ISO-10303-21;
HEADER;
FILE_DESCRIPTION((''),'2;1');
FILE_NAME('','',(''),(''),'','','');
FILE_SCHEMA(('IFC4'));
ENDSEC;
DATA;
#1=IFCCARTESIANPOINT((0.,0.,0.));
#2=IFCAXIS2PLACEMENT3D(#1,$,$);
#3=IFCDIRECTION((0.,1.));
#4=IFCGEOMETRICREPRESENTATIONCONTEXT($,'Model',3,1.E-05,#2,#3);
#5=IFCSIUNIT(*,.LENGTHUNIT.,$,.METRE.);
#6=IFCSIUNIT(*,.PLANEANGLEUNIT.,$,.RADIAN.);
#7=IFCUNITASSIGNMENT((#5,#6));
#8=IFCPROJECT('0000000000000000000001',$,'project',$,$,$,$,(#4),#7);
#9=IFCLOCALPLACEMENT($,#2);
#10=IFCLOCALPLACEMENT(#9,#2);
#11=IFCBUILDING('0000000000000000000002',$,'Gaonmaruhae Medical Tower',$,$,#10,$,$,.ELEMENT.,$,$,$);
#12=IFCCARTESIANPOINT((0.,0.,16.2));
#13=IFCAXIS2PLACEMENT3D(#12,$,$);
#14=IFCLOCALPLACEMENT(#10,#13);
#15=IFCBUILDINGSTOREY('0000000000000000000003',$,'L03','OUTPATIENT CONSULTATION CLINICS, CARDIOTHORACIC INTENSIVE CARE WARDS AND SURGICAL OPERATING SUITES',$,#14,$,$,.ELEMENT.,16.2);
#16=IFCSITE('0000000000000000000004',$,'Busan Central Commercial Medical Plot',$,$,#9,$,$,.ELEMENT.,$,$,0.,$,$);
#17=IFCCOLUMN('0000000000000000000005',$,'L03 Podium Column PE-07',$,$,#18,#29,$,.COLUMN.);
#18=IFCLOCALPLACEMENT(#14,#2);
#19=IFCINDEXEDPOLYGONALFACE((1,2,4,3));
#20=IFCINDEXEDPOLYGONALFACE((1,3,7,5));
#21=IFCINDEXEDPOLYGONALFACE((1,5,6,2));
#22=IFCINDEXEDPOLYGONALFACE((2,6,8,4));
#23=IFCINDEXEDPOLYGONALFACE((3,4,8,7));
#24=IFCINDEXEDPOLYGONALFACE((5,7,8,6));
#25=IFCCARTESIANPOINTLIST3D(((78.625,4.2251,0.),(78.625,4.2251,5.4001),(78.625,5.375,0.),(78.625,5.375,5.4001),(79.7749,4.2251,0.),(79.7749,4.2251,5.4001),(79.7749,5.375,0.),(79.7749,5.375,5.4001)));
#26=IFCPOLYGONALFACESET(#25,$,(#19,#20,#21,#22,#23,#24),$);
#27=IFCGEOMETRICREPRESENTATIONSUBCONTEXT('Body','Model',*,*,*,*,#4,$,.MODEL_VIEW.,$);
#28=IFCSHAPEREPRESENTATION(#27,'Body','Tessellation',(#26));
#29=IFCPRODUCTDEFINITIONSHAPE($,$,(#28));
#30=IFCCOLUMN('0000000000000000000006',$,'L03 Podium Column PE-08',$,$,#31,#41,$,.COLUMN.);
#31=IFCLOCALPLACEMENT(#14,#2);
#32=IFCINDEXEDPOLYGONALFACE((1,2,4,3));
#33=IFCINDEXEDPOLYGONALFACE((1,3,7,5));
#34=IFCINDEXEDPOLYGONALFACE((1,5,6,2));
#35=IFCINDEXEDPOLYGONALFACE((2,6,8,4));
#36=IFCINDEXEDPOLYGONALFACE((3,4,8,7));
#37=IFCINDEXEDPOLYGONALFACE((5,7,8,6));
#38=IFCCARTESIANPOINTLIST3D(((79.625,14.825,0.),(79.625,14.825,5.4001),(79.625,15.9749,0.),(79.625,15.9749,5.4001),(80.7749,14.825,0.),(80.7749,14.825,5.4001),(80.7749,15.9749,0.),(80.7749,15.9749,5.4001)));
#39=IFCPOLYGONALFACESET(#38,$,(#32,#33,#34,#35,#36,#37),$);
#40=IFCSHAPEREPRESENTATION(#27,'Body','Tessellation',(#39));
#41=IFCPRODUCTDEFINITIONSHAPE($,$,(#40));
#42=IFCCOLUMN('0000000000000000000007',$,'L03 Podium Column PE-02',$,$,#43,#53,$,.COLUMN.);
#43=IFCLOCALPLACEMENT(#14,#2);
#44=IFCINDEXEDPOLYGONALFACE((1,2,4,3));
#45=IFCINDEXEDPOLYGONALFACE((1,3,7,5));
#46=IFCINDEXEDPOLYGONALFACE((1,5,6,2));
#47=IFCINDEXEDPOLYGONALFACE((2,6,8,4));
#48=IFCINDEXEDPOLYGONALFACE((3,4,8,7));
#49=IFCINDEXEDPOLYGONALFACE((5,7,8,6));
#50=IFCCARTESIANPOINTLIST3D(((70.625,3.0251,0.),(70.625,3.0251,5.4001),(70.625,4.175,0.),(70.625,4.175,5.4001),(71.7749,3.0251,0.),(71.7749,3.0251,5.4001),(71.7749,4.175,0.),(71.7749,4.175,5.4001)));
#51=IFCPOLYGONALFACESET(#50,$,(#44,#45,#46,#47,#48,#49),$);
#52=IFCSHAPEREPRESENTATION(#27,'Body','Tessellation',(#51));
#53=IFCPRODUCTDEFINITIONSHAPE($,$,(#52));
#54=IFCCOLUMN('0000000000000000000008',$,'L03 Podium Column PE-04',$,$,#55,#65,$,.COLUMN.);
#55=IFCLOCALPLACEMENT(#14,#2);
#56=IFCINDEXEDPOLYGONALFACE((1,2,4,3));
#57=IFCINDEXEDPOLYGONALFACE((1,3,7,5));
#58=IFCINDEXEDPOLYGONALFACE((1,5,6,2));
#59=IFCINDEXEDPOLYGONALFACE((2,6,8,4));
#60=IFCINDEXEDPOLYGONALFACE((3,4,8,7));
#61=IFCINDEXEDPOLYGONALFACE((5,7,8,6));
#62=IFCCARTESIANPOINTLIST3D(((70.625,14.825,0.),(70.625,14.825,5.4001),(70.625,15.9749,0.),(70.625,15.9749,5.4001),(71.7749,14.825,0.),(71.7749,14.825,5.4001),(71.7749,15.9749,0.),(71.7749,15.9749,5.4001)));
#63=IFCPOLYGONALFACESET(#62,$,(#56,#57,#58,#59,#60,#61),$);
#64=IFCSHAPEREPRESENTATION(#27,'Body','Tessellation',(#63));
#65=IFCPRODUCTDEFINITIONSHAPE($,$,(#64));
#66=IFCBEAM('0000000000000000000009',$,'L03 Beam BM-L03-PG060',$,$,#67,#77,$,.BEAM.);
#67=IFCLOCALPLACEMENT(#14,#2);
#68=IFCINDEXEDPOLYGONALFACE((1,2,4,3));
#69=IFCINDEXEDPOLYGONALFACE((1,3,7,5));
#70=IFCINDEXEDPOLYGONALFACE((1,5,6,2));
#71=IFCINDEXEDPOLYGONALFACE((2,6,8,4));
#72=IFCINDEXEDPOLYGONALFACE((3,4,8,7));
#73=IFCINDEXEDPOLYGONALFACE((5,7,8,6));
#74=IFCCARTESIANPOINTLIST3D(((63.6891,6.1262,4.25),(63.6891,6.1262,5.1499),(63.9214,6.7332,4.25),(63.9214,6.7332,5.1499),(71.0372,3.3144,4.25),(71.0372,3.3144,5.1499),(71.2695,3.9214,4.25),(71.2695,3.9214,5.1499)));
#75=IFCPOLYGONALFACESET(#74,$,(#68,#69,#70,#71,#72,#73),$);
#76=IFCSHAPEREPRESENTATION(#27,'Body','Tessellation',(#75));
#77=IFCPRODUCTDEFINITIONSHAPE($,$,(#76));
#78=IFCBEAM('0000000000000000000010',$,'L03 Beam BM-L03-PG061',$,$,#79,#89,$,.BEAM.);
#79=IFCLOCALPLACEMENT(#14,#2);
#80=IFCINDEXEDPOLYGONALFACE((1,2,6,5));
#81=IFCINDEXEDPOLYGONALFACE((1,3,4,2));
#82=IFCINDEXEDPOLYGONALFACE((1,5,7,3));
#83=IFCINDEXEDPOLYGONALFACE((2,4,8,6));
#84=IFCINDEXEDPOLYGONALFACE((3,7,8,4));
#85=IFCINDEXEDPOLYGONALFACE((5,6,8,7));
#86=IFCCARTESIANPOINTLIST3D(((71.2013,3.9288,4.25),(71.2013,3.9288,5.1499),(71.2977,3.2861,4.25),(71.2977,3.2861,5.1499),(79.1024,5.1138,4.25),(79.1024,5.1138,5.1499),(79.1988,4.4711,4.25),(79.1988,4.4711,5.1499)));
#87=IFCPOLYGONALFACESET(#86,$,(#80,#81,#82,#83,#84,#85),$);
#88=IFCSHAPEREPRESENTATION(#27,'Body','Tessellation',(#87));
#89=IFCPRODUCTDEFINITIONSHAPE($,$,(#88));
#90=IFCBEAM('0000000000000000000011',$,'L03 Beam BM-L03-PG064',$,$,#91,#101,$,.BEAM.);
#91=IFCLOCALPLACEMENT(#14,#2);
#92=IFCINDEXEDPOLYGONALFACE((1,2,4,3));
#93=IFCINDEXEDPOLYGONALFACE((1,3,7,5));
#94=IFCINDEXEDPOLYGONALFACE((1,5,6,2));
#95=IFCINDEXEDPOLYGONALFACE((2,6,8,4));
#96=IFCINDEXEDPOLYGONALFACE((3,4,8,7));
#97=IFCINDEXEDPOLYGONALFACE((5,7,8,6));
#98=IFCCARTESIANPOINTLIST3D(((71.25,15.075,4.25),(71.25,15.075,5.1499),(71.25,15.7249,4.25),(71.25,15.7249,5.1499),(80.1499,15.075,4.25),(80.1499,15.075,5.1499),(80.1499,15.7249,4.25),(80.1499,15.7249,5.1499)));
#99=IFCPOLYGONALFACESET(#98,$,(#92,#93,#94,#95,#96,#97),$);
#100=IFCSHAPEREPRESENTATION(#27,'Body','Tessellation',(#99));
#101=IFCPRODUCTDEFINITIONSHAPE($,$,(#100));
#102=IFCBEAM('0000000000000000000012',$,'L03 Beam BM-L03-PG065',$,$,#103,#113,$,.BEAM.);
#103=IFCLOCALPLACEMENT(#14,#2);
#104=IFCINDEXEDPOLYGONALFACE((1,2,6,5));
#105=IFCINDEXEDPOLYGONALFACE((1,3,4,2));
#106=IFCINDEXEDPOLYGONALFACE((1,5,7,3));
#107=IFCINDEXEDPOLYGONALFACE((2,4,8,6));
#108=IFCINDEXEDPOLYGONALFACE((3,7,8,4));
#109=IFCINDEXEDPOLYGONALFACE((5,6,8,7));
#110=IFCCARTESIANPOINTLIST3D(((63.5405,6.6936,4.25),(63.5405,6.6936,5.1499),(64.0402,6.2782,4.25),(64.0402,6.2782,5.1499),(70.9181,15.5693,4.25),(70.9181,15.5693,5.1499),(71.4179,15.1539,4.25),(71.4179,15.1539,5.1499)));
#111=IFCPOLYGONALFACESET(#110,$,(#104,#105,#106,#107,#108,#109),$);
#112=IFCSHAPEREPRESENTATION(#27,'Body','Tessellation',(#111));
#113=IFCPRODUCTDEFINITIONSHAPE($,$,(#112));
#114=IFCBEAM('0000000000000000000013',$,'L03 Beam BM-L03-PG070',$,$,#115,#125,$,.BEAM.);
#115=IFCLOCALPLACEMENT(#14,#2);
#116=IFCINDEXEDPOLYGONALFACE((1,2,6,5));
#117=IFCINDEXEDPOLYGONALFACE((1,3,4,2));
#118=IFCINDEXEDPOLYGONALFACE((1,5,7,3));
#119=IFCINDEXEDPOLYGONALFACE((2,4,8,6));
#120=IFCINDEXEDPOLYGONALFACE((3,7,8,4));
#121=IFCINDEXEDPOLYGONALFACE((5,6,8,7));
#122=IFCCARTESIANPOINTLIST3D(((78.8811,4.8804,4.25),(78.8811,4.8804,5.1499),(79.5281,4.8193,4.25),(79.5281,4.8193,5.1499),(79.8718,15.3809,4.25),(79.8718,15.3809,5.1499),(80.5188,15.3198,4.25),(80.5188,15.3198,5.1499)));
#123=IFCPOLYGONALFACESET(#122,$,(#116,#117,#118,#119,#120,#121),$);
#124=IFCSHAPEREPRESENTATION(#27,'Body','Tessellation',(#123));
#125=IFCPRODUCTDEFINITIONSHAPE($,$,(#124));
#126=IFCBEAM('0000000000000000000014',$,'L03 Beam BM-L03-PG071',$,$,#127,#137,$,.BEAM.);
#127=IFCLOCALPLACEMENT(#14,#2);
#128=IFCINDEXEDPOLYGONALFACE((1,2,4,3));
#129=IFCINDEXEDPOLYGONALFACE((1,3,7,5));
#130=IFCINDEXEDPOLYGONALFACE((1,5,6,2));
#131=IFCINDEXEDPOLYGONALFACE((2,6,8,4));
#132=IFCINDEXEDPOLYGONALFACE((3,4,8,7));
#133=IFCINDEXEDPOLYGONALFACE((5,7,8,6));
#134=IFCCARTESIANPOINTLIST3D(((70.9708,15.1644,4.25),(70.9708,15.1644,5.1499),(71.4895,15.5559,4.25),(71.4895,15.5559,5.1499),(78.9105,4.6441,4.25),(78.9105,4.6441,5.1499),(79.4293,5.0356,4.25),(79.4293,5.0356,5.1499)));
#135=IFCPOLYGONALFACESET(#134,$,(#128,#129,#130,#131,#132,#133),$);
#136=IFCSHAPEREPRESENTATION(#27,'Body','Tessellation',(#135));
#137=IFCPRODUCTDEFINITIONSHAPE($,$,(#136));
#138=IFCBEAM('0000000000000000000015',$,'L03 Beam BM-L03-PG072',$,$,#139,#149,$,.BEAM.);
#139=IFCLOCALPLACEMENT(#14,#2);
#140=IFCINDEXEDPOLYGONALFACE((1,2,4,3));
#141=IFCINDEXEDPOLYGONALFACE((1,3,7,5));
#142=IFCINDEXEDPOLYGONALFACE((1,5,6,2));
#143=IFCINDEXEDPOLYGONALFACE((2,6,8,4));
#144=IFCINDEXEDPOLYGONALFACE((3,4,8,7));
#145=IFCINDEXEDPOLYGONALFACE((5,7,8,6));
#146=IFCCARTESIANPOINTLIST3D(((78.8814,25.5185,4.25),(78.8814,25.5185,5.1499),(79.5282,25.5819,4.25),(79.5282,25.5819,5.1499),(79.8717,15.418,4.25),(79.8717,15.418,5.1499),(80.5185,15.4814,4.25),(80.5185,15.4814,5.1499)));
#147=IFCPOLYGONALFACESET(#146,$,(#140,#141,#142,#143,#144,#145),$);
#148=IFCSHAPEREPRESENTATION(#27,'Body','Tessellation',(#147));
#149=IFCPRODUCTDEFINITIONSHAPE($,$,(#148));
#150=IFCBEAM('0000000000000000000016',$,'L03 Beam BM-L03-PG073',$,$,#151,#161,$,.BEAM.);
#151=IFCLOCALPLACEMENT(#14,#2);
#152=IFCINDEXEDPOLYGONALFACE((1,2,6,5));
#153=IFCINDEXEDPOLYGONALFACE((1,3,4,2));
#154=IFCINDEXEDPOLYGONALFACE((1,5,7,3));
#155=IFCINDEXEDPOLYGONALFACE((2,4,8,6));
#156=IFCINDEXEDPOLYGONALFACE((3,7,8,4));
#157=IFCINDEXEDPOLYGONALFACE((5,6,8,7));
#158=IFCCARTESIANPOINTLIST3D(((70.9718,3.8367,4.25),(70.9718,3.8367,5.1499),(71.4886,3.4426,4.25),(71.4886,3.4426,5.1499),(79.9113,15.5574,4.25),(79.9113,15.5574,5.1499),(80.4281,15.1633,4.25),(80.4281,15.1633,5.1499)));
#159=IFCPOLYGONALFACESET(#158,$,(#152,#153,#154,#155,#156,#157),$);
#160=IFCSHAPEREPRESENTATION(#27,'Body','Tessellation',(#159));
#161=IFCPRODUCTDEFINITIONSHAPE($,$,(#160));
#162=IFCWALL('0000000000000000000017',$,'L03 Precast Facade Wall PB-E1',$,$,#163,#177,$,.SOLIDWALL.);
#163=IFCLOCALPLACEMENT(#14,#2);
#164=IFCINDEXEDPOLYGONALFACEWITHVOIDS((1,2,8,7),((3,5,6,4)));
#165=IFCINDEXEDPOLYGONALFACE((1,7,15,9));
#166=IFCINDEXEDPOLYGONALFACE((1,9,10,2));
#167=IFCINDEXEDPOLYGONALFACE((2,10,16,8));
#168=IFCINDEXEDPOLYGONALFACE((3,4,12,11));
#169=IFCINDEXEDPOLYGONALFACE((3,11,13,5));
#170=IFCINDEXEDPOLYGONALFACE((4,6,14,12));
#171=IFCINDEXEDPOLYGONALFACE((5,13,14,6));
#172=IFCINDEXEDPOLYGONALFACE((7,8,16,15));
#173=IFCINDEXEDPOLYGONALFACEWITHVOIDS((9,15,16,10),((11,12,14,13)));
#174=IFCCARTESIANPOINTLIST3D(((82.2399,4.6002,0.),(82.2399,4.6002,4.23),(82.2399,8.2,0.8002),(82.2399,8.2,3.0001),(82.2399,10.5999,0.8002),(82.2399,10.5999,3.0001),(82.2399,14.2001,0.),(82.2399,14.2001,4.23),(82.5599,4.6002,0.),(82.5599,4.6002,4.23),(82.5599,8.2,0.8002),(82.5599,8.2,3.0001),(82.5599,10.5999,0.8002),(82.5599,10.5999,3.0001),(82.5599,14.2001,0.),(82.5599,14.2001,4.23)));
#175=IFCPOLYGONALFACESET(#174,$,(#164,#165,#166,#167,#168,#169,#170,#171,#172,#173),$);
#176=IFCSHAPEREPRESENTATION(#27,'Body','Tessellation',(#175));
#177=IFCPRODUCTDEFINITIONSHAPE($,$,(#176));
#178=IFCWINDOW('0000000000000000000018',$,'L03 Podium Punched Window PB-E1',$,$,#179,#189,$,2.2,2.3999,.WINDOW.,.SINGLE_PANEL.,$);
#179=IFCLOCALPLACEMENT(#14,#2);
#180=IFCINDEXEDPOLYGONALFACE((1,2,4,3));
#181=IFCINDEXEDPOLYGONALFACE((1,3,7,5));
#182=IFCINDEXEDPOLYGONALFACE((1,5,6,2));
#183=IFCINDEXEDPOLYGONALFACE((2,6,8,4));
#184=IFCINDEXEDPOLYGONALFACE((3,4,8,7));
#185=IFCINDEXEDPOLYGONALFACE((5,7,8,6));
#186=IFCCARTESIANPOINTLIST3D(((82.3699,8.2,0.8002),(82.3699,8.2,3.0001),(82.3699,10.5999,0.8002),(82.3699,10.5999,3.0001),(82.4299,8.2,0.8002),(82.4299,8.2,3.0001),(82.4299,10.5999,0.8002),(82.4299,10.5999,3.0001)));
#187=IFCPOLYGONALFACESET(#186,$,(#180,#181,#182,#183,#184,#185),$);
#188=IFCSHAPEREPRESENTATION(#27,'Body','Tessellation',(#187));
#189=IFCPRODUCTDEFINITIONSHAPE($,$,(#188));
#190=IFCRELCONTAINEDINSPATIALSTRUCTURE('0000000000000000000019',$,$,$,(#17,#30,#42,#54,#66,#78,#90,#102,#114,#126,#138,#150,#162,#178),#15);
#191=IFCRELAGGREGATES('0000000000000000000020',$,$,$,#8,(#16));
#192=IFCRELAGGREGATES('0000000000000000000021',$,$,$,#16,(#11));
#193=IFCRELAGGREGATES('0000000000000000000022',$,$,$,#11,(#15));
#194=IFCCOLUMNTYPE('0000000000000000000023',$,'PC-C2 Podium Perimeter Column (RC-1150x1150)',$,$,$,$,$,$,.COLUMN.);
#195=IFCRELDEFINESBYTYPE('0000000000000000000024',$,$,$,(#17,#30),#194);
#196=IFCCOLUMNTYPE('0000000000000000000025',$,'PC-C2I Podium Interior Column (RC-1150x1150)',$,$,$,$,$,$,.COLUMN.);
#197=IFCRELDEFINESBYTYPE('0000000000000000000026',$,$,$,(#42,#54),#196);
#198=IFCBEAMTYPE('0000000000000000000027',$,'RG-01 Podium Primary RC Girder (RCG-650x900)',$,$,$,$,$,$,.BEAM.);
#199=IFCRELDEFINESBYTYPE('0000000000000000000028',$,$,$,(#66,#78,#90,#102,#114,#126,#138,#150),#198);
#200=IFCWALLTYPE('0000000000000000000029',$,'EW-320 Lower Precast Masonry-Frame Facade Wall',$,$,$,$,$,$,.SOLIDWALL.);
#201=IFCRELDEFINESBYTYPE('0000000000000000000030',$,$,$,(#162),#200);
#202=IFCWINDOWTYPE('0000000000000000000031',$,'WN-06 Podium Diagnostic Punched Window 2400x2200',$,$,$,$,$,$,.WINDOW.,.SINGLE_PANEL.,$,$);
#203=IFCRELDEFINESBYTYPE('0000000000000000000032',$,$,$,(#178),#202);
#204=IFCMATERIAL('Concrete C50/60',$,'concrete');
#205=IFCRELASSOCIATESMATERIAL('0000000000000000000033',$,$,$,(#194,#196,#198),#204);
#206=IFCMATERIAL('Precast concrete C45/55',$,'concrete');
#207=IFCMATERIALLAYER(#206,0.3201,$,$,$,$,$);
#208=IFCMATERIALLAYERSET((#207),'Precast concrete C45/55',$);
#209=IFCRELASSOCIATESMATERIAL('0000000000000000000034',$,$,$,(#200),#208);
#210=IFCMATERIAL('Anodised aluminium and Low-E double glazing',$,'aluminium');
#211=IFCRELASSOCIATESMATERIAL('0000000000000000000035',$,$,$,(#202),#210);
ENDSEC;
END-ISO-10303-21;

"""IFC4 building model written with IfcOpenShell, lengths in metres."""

from ifc_helpers import new_model, si_unit, direction, frame, frame_2d, origin, origin_2d, place, context, subcontext, project, spatial, rectangle, extrude, material, layer, layer_set, material_profile, profile_set, type_object, element, fill, save


model = new_model("IFC4")

# Units and contexts
model_context = context("Model", 3, precision=1e-05, world=origin(), true_north=direction((0.0, 1.0)))
body_context = subcontext(model_context, "Body", "Model", "MODEL_VIEW")
ifc_project = project(units=[si_unit("LENGTHUNIT", "METRE"), si_unit("PLANEANGLEUNIT", "RADIAN")], contexts=[model_context])

# Site, building, storey
site_placement = place(None, origin())
site = spatial("IfcSite", under=ifc_project, at=site_placement, Name="Busan Central Commercial Medical Plot", CompositionType="ELEMENT", RefElevation=0.0)
building_placement = place(site_placement, origin())
building = spatial("IfcBuilding", under=site, at=building_placement, Name="Gaonmaruhae Medical Tower", CompositionType="ELEMENT")
storey_placement = place(building_placement, frame((0.0, 0.0, 16.2)))
storey = spatial("IfcBuildingStorey", under=building, at=storey_placement, Name="L03", Description="OUTPATIENT CONSULTATION CLINICS, CARDIOTHORACIC INTENSIVE CARE WARDS AND SURGICAL OPERATING SUITES", CompositionType="ELEMENT", Elevation=16.2)

# Columns
ifc_material_1 = material(Name="Concrete C50/60", Category="concrete")
ifc_material_profile_1 = material_profile(ifc_material_1, rectangle(XDim=1.1499, YDim=1.1499, at=origin_2d()), Name="RC-1150x1150")
ifc_profile_set_1 = profile_set([ifc_material_profile_1], Name="Concrete C50/60")
column_type_1 = type_object("IfcColumnType", Name="PC-C2 Podium Perimeter Column (RC-1150x1150)", PredefinedType="COLUMN", material=ifc_profile_set_1)
for number, where, z_axis, x_axis, name in (
    (1, (79.2, 4.8, 0.0), (0.0, 0.0, 1.0), (1.0, 0.0, 0.0), "L03 Podium Column PE-07"),
    (2, (80.2, 15.3999, 0.0), (0.0, 0.0, 1.0), (1.0, 0.0, 0.0), "L03 Podium Column PE-08"),
):
    element("IfcColumn", number, at=place(storey_placement, frame(where, z_axis=z_axis, x_axis=x_axis)), inside=storey, type_object=column_type_1, Name=name, PredefinedType="COLUMN", context=body_context, shape_type="SweptSolid", body=[
        extrude(rectangle(XDim=1.1499, YDim=1.1499, at=origin_2d()), origin(), (0.0, 0.0, 1.0), 5.4001),
    ])
ifc_material_profile_2 = material_profile(ifc_material_1, rectangle(XDim=1.1499, YDim=1.1499, at=origin_2d()), Name="RC-1150x1150")
ifc_profile_set_2 = profile_set([ifc_material_profile_2], Name="Concrete C50/60")
column_type_2 = type_object("IfcColumnType", Name="PC-C2I Podium Interior Column (RC-1150x1150)", PredefinedType="COLUMN", material=ifc_profile_set_2)
for number, where, z_axis, x_axis, name in (
    (3, (71.2, 3.6001, 0.0), (0.0, 0.0, 1.0), (1.0, 0.0, 0.0), "L03 Podium Column PE-02"),
    (4, (71.2, 15.3999, 0.0), (0.0, 0.0, 1.0), (1.0, 0.0, 0.0), "L03 Podium Column PE-04"),
):
    element("IfcColumn", number, at=place(storey_placement, frame(where, z_axis=z_axis, x_axis=x_axis)), inside=storey, type_object=column_type_2, Name=name, PredefinedType="COLUMN", context=body_context, shape_type="SweptSolid", body=[
        extrude(rectangle(XDim=1.1499, YDim=1.1499, at=origin_2d()), origin(), (0.0, 0.0, 1.0), 5.4001),
    ])

# Beams
ifc_material_profile_3 = material_profile(ifc_material_1, rectangle(XDim=0.6499, YDim=0.8999, at=origin_2d()), Name="RCG-650x900")
ifc_profile_set_3 = profile_set([ifc_material_profile_3], Name="Concrete C50/60")
beam_type = type_object("IfcBeamType", Name="RG-01 Podium Primary RC Girder (RCG-650x900)", PredefinedType="BEAM", material=ifc_profile_set_3)
beam_1_placement = place(storey_placement, frame((71.1533, 3.6179, 4.7), z_axis=(-0.933959, 0.35738, 0.0), x_axis=(-0.35738, -0.933959, 0.0)))
element("IfcBeam", 5, at=beam_1_placement, inside=storey, type_object=beam_type, Name="L03 Beam BM-L03-PG060", PredefinedType="BEAM", context=body_context, shape_type="SweptSolid", body=[
    extrude(rectangle(XDim=0.6499, YDim=0.8999, at=origin_2d()), origin(), (0.0, 0.0, 1.0), 7.8677),
])
beam_2_placement = place(storey_placement, frame((71.2495, 3.6074, 4.7), z_axis=(0.988938, 0.148327, 0.0), x_axis=(-0.148327, 0.988938, 0.0)))
element("IfcBeam", 6, at=beam_2_placement, inside=storey, type_object=beam_type, Name="L03 Beam BM-L03-PG061", PredefinedType="BEAM", context=body_context, shape_type="SweptSolid", body=[
    extrude(rectangle(XDim=0.6499, YDim=0.8999, at=origin_2d()), origin(), (0.0, 0.0, 1.0), 7.9895),
])
beam_3_placement = place(storey_placement, frame((71.25, 15.3999, 4.7), z_axis=(1.0, 0.0, 0.0), x_axis=(0.0, 1.0, 0.0)))
element("IfcBeam", 7, at=beam_3_placement, inside=storey, type_object=beam_type, Name="L03 Beam BM-L03-PG064", PredefinedType="BEAM", context=body_context, shape_type="SweptSolid", body=[
    extrude(rectangle(XDim=0.6499, YDim=0.8999, at=origin_2d()), origin(), (0.0, 0.0, 1.0), 8.8999),
])
beam_4_placement = place(storey_placement, frame((71.168, 15.3616, 4.7), z_axis=(-0.639225, -0.76902, 0.0), x_axis=(0.76902, -0.639225, 0.0)))
element("IfcBeam", 8, at=beam_4_placement, inside=storey, type_object=beam_type, Name="L03 Beam BM-L03-PG065", PredefinedType="BEAM", context=body_context, shape_type="SweptSolid", body=[
    extrude(rectangle(XDim=0.6499, YDim=0.8999, at=origin_2d()), origin(), (0.0, 0.0, 1.0), 11.5415),
])
beam_5_placement = place(storey_placement, frame((79.2046, 4.8499, 4.7), z_axis=(0.093933, 0.995579, 0.0), x_axis=(-0.995579, 0.093933, 0.0)))
element("IfcBeam", 9, at=beam_5_placement, inside=storey, type_object=beam_type, Name="L03 Beam BM-L03-PG070", PredefinedType="BEAM", context=body_context, shape_type="SweptSolid", body=[
    extrude(rectangle(XDim=0.6499, YDim=0.8999, at=origin_2d()), origin(), (0.0, 0.0, 1.0), 10.5471),
])
beam_6_placement = place(storey_placement, frame((79.1699, 4.8398, 4.7), z_axis=(-0.602401, 0.798194, 0.0), x_axis=(-0.798194, -0.602401, 0.0)))
element("IfcBeam", 10, at=beam_6_placement, inside=storey, type_object=beam_type, Name="L03 Beam BM-L03-PG071", PredefinedType="BEAM", context=body_context, shape_type="SweptSolid", body=[
    extrude(rectangle(XDim=0.6499, YDim=0.8999, at=origin_2d()), origin(), (0.0, 0.0, 1.0), 13.1802),
])
beam_7_placement = place(storey_placement, frame((80.1951, 15.4497, 4.7), z_axis=(-0.09757, 0.995229, 0.0), x_axis=(-0.995229, -0.09757, 0.0)))
element("IfcBeam", 11, at=beam_7_placement, inside=storey, type_object=beam_type, Name="L03 Beam BM-L03-PG072", PredefinedType="BEAM", context=body_context, shape_type="SweptSolid", body=[
    extrude(rectangle(XDim=0.6499, YDim=0.8999, at=origin_2d()), origin(), (0.0, 0.0, 1.0), 10.1489),
])
beam_8_placement = place(storey_placement, frame((80.1697, 15.3604, 4.7), z_axis=(-0.606446, -0.795124, 0.0), x_axis=(0.795124, -0.606446, 0.0)))
element("IfcBeam", 12, at=beam_8_placement, inside=storey, type_object=beam_type, Name="L03 Beam BM-L03-PG073", PredefinedType="BEAM", context=body_context, shape_type="SweptSolid", body=[
    extrude(rectangle(XDim=0.6499, YDim=0.8999, at=origin_2d()), origin(), (0.0, 0.0, 1.0), 14.7407),
])

# Wall, opening, window
ifc_material_2 = material(Name="Precast concrete C45/55", Category="concrete")
ifc_layer_1 = layer(ifc_material_2, 0.3201)
ifc_layer_set_1 = layer_set([ifc_layer_1], Name="Precast concrete C45/55")
wall_type_1 = type_object("IfcWallType", Name="EW-320 Lower Precast Masonry-Frame Facade Wall", PredefinedType="SOLIDWALL", material=ifc_layer_set_1)
wall_1_placement = place(storey_placement, frame((82.3999, 14.2, 0.0), z_axis=(0.0, 0.0, 1.0), x_axis=(0.0, -1.0, 0.0)))
wall_1 = element("IfcWall", 13, at=wall_1_placement, inside=storey, type_object=wall_type_1, Name="L03 Precast Facade Wall PB-E1", PredefinedType="SOLIDWALL", context=body_context, shape_type="SweptSolid", body=[
    extrude(rectangle(XDim=9.5999, YDim=0.3201, at=frame_2d((4.7998, 0.0))), origin(), (0.0, 0.0, 1.0), 4.23),
])
opening_1_placement = place(wall_1_placement, frame((3.6001, 0.0, 0.8)))
opening_1 = element("IfcOpeningElement", 14, at=opening_1_placement, cuts=wall_1, PredefinedType="OPENING", context=body_context, shape_type="SweptSolid", body=[
    extrude(rectangle(XDim=2.3999, YDim=2.2, at=frame_2d((1.2, 1.1001))), frame((0.0, 0.1699, 0.0), z_axis=(0.0, -1.0, 0.0), x_axis=(1.0, 0.0, 0.0)), (0.0, 0.0, 1.0), 0.3401),
])
ifc_material_3 = material(Name="Anodised aluminium and Low-E double glazing", Category="aluminium")
window_type = type_object("IfcWindowType", Name="WN-06 Podium Diagnostic Punched Window 2400x2200", PartitioningType="SINGLE_PANEL", PredefinedType="WINDOW", material=ifc_material_3)
window_placement = place(opening_1_placement, origin())
window = element("IfcWindow", 15, at=window_placement, inside=storey, type_object=window_type, Name="L03 Podium Punched Window PB-E1", OverallHeight=2.2, OverallWidth=2.3999, PartitioningType="SINGLE_PANEL", PredefinedType="WINDOW", context=body_context, shape_type="SweptSolid", body=[
    extrude(rectangle(XDim=2.3999, YDim=2.2, at=frame_2d((1.2, 1.1001))), frame((0.0, 0.03, 0.0), z_axis=(0.0, -1.0, 0.0), x_axis=(1.0, 0.0, 0.0)), (0.0, 0.0, 1.0), 0.0601),
])
fill(opening_1, window)

save(model, "model.ifc")
